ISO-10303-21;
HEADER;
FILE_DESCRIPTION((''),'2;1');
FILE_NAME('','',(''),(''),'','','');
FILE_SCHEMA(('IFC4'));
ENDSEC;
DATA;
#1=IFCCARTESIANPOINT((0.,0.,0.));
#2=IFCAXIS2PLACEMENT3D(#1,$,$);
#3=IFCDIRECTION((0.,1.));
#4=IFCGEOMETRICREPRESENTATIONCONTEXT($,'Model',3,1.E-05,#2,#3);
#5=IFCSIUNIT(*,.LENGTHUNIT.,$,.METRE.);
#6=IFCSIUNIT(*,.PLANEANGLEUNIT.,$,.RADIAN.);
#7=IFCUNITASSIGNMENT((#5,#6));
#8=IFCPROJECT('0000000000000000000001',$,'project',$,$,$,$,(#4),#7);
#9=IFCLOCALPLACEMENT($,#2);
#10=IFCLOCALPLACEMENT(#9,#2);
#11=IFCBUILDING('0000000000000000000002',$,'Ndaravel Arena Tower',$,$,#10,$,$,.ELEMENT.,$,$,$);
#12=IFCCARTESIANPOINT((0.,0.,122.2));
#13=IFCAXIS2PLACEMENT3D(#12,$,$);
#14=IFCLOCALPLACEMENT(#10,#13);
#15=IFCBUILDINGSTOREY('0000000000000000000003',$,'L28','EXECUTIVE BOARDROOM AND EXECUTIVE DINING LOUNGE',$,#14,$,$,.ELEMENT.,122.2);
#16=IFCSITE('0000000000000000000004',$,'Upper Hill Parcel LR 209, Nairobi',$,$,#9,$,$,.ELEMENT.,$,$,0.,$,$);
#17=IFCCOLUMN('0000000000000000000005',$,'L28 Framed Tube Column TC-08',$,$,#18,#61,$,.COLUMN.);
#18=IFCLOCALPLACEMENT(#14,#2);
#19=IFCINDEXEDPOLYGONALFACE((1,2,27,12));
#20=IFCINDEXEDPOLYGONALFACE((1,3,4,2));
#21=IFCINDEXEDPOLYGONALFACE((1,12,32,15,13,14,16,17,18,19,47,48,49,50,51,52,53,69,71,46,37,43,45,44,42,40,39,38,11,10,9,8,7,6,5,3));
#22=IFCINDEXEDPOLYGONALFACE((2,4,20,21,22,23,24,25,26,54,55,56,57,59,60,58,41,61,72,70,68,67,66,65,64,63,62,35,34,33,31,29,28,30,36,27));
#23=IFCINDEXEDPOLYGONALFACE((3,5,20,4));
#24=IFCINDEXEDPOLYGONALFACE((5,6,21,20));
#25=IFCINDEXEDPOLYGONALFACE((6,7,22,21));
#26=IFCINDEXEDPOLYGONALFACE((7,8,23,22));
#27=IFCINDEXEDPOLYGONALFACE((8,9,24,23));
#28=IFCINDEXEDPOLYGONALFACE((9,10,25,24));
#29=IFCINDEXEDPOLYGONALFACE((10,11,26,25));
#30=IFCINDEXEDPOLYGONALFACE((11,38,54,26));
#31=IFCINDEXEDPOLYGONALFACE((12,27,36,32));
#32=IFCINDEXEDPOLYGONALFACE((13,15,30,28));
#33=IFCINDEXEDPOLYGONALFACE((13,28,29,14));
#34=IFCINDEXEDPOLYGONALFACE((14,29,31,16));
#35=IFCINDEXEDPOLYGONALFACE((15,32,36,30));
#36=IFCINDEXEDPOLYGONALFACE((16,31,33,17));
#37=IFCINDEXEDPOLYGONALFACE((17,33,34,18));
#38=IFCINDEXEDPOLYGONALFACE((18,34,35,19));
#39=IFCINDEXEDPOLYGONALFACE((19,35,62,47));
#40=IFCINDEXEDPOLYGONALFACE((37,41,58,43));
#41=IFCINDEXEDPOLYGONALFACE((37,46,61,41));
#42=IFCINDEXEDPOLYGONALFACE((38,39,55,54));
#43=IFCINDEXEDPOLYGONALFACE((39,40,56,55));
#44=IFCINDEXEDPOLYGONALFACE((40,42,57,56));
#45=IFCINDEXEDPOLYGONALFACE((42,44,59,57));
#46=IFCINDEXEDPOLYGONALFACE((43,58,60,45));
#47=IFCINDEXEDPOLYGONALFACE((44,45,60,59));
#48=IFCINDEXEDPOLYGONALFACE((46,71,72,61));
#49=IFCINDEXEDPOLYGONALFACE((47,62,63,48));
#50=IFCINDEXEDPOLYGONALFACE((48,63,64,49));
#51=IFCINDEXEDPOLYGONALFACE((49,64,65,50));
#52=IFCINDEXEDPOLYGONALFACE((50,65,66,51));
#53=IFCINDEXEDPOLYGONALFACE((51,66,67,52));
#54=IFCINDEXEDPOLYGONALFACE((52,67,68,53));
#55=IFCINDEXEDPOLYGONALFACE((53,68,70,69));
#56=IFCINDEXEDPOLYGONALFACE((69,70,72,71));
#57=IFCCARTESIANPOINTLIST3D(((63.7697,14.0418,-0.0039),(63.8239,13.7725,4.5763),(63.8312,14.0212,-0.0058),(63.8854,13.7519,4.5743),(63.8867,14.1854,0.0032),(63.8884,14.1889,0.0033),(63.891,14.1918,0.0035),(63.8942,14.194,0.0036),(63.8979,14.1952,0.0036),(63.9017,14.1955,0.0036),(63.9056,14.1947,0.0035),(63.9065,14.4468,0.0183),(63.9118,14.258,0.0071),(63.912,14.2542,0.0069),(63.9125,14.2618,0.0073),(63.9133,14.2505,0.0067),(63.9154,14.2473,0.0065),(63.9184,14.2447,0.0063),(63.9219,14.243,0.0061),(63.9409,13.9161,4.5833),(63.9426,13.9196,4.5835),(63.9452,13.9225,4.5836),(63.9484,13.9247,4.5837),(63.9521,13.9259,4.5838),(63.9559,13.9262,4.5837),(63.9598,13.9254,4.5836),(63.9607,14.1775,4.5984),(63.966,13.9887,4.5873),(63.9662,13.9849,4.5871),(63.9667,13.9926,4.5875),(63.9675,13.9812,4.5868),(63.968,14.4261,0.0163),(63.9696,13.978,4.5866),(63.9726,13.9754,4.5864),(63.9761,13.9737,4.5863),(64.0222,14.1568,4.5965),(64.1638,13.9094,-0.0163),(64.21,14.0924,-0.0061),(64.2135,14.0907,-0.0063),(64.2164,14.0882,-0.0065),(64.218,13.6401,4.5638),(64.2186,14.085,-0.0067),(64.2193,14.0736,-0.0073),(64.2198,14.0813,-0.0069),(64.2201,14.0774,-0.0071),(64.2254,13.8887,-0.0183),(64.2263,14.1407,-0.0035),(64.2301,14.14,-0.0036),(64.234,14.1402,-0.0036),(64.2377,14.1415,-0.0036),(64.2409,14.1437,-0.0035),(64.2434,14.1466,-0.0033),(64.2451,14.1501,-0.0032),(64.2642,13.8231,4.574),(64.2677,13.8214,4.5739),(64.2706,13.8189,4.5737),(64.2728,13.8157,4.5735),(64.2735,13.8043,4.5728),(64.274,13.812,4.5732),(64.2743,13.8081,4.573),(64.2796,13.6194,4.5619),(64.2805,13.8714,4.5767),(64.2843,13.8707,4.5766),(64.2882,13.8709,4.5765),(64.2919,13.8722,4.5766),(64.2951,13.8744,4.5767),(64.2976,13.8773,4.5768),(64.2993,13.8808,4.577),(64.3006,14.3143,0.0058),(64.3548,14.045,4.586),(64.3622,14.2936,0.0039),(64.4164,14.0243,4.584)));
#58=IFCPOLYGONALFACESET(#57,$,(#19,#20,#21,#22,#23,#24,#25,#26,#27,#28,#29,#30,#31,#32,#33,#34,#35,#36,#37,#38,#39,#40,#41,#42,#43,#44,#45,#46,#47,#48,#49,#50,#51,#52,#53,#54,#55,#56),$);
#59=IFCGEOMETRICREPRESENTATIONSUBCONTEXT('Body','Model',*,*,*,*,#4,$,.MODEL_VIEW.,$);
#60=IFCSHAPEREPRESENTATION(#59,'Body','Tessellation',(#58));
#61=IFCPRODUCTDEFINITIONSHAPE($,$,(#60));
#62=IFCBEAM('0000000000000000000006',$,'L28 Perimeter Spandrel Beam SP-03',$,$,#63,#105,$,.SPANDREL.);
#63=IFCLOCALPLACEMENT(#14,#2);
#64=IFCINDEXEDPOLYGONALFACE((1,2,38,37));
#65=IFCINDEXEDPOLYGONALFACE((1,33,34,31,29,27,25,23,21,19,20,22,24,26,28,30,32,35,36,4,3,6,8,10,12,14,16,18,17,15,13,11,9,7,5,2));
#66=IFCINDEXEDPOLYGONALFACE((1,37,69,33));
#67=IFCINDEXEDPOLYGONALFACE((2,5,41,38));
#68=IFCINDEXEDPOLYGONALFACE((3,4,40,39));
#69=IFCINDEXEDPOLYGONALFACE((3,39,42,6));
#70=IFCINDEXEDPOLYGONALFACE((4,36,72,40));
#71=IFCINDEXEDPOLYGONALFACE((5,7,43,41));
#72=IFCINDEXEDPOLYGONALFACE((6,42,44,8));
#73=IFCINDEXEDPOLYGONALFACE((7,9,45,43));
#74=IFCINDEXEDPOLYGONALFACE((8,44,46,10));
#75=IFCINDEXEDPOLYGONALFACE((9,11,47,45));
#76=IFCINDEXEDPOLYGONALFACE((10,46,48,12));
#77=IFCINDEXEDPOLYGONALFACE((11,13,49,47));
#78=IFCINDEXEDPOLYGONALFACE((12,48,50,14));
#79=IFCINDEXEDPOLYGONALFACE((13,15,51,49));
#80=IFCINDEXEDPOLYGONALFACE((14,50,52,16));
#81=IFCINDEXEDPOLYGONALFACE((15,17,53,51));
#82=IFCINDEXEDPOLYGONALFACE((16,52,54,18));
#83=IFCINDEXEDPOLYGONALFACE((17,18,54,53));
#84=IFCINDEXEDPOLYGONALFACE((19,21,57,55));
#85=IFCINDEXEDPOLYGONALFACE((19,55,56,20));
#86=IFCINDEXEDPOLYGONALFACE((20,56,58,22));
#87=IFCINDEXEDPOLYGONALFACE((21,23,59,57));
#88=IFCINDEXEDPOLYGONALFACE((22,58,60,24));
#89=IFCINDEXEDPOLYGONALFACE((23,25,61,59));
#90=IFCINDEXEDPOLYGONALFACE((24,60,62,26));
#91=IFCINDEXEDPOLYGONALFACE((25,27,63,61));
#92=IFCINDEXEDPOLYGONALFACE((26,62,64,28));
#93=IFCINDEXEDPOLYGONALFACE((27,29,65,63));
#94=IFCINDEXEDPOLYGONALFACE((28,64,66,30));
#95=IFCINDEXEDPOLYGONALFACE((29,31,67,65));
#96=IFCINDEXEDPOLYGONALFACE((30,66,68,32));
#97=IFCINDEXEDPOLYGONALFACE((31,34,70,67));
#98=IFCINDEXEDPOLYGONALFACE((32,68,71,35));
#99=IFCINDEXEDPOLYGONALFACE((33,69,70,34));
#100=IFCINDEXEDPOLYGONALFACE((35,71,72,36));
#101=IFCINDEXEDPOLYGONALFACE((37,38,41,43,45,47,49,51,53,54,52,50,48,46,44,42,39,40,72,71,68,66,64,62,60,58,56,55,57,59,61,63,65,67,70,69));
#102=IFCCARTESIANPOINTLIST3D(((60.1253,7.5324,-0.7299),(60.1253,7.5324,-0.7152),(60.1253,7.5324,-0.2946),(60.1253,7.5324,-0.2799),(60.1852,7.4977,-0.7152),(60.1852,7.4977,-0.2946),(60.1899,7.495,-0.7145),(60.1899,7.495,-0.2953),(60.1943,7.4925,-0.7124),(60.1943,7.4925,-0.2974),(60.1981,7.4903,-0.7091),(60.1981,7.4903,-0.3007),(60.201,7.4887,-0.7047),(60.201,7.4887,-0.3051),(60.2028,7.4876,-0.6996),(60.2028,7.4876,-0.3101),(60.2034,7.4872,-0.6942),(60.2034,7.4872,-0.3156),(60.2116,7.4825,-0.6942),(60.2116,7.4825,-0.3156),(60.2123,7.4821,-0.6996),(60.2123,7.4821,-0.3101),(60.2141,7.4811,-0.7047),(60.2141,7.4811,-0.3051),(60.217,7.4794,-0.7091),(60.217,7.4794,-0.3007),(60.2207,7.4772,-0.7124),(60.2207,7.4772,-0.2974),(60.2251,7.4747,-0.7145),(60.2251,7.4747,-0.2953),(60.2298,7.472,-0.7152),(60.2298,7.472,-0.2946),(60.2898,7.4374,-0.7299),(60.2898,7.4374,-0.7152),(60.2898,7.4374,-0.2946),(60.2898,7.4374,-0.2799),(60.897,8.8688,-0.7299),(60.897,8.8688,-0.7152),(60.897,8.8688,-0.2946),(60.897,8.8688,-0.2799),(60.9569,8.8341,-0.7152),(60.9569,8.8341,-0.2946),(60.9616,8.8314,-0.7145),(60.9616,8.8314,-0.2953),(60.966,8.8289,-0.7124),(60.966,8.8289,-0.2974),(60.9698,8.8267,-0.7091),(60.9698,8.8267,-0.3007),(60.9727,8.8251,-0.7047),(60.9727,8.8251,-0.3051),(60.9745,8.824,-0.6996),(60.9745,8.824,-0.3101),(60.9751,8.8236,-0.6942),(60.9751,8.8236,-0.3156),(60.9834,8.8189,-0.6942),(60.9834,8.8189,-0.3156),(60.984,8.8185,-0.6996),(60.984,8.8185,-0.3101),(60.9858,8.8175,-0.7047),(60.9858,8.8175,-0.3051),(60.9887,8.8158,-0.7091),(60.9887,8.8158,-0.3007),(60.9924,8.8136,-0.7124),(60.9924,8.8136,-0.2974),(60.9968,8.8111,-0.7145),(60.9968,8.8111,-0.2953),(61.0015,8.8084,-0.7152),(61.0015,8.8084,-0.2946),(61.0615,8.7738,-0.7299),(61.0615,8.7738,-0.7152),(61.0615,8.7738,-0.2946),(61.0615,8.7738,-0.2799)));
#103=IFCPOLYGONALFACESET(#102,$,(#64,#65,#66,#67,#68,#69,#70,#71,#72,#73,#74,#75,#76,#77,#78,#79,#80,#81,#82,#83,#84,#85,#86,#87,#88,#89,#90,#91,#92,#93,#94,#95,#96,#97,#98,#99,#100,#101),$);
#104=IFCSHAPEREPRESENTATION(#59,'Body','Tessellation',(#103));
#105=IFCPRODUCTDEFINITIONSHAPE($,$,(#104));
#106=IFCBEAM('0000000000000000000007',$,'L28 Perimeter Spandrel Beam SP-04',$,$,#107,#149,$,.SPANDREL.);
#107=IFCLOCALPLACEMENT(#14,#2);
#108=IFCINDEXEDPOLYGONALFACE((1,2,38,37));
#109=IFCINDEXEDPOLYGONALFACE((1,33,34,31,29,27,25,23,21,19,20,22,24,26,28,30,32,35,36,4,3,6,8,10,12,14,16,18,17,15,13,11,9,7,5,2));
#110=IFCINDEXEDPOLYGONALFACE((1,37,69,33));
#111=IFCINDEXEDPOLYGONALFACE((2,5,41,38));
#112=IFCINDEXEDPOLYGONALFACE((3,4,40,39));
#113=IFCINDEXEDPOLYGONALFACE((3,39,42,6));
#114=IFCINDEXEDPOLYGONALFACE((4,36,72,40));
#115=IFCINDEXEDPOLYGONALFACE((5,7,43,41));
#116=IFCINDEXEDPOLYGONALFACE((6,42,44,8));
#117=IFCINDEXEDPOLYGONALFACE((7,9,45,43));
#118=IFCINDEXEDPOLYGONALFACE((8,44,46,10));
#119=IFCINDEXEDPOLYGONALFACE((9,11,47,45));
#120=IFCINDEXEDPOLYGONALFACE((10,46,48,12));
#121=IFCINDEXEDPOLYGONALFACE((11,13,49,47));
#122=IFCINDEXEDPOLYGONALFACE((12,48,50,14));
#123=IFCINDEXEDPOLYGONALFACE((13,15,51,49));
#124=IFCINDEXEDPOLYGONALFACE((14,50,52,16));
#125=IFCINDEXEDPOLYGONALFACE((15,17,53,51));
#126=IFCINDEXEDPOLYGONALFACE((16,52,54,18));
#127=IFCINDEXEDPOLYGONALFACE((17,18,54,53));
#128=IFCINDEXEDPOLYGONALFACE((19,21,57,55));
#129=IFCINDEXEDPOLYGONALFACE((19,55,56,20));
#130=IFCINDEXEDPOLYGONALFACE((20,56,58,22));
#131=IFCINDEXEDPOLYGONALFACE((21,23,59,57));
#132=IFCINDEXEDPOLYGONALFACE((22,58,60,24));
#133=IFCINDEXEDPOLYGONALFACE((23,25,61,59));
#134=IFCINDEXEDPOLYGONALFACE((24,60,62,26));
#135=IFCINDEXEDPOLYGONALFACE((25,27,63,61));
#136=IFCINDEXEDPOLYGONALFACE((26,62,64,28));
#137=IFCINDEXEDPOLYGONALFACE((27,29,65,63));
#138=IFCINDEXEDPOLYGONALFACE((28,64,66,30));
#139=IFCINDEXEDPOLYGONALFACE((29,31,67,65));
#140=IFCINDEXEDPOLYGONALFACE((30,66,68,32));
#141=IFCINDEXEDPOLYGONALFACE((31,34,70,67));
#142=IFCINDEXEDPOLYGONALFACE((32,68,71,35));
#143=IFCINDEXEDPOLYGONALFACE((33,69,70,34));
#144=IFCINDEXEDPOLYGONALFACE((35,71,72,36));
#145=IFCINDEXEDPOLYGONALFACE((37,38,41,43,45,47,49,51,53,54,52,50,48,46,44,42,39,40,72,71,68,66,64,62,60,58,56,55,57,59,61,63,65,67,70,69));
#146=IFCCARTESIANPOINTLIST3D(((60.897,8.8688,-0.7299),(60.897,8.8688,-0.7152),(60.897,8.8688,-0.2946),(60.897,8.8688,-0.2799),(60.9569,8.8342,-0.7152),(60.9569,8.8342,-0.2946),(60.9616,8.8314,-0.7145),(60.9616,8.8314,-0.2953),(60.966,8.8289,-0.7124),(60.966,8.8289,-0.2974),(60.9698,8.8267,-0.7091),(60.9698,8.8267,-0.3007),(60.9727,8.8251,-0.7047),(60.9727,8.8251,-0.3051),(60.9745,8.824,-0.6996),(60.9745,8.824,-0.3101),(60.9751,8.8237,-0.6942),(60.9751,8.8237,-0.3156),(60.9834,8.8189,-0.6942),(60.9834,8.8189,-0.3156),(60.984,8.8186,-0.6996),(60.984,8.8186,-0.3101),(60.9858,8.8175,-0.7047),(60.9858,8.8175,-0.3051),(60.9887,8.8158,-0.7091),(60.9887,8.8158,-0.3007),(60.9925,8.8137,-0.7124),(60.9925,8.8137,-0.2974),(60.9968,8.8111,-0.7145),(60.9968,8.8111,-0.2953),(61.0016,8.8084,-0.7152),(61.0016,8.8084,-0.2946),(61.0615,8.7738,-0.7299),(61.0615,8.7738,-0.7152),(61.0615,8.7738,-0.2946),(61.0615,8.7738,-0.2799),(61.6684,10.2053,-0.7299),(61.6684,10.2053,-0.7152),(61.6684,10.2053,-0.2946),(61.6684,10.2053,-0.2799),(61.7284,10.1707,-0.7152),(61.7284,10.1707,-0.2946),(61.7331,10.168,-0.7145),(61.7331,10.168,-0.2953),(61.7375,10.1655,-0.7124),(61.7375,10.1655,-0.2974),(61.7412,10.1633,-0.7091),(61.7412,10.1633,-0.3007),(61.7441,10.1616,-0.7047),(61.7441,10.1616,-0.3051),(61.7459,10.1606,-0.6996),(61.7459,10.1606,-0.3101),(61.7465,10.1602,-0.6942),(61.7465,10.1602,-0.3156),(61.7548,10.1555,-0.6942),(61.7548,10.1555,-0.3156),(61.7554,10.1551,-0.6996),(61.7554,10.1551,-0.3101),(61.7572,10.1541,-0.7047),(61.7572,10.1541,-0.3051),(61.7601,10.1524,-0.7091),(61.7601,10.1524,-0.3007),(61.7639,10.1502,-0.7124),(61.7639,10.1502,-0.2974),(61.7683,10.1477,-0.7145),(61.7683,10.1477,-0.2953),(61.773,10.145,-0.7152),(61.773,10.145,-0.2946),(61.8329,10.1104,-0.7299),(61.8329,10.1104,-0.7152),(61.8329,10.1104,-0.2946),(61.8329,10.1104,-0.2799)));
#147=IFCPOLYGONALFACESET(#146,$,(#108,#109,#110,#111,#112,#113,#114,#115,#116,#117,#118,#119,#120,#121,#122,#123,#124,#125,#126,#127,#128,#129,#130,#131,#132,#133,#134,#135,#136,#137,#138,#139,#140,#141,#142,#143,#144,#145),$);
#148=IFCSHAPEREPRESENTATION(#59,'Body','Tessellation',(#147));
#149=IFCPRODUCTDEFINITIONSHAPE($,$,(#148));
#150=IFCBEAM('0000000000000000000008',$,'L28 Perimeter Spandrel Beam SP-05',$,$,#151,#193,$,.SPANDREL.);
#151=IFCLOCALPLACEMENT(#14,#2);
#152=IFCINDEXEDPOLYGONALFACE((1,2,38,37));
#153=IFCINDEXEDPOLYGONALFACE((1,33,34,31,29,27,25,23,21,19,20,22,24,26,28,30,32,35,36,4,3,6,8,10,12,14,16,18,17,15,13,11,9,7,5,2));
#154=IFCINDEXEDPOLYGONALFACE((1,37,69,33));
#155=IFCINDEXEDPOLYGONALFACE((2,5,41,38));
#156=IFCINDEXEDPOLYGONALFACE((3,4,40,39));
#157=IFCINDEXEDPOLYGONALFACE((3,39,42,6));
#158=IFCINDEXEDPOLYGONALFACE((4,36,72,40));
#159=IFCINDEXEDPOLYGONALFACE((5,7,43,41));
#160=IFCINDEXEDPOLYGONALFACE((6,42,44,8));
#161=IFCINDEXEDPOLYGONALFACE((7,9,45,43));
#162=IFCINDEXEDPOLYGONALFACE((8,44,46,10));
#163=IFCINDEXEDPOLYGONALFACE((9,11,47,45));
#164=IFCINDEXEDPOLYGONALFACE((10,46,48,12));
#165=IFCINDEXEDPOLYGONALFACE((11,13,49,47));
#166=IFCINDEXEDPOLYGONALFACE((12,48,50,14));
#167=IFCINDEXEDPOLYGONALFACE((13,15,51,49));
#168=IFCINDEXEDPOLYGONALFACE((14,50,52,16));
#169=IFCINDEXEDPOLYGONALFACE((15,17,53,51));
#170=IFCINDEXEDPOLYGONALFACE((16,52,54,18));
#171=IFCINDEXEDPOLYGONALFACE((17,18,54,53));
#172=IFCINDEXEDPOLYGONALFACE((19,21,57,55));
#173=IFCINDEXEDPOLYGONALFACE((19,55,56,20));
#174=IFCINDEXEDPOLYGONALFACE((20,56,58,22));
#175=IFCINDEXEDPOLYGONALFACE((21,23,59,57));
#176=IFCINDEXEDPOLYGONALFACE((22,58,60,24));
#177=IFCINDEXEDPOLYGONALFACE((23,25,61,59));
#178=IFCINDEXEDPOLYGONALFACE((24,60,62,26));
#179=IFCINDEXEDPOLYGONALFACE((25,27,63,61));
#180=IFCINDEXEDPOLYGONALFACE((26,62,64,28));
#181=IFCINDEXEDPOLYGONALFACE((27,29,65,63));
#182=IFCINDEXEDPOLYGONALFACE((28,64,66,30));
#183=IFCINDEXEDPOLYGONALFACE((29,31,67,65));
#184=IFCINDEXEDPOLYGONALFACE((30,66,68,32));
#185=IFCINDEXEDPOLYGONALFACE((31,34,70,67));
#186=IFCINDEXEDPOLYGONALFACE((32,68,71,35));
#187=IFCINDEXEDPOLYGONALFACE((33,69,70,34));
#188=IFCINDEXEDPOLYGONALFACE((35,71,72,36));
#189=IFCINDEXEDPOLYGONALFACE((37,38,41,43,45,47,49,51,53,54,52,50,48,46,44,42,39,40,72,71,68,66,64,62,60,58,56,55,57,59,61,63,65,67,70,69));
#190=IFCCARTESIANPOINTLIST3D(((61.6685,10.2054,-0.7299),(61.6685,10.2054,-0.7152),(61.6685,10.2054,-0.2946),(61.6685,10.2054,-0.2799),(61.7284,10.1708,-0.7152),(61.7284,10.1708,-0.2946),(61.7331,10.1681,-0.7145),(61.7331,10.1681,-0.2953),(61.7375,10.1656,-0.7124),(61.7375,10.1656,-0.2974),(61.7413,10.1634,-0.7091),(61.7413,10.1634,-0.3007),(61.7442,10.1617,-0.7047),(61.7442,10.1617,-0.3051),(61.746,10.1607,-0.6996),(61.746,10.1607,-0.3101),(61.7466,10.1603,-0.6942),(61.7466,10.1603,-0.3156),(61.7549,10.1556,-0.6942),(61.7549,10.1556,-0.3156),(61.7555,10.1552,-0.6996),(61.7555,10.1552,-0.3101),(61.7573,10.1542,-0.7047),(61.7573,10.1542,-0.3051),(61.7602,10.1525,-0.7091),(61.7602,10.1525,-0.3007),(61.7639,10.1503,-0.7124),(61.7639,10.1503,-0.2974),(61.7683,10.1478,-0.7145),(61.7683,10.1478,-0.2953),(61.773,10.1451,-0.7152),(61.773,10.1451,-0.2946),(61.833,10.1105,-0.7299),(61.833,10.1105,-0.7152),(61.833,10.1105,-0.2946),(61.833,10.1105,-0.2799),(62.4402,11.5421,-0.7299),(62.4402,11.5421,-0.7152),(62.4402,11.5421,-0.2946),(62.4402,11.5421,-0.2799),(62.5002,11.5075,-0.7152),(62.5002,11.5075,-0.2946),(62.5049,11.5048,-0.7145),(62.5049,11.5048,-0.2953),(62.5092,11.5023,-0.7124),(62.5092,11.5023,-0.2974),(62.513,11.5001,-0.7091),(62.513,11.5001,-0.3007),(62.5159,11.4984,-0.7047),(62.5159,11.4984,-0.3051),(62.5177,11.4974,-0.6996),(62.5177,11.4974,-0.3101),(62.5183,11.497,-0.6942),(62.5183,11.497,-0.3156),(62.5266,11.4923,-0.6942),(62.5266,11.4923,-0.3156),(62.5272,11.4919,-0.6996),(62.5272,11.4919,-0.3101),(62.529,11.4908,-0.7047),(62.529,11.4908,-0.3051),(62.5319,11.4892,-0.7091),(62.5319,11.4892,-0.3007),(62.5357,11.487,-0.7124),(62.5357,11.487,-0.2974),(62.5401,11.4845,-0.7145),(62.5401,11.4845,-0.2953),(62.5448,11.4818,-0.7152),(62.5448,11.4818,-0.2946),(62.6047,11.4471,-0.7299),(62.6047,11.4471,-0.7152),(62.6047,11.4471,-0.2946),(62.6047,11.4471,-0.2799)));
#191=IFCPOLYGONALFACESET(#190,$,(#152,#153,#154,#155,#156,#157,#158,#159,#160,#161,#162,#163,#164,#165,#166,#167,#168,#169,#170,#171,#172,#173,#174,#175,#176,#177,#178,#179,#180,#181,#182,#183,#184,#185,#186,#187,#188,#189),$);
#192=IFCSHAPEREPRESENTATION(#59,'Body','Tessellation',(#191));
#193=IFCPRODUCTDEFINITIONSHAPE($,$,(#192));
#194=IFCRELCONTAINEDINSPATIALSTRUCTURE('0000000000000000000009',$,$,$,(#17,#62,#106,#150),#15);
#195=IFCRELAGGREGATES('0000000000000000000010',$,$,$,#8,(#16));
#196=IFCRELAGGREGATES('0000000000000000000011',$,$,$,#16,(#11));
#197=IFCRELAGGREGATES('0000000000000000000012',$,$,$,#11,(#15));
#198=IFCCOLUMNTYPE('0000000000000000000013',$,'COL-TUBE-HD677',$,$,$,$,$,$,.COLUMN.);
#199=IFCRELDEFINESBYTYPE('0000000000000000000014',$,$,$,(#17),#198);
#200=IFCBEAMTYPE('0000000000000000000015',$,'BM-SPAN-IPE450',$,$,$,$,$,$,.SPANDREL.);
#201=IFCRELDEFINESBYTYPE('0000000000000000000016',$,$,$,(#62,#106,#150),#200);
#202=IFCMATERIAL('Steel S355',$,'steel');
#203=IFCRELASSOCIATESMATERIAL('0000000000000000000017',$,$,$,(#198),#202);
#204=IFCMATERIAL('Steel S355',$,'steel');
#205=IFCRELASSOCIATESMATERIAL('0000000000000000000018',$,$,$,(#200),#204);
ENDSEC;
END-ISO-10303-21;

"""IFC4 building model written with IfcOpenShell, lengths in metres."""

from ifc_helpers import new_model, si_unit, direction, frame, origin, origin_2d, place, context, subcontext, project, spatial, i_section, extrude, material, material_profile, profile_set, type_object, element, save


model = new_model("IFC4")

# Units and contexts
model_context = context("Model", 3, precision=1e-05, world=origin(), true_north=direction((0.0, 1.0)))
body_context = subcontext(model_context, "Body", "Model", "MODEL_VIEW")
ifc_project = project(units=[si_unit("LENGTHUNIT", "METRE"), si_unit("PLANEANGLEUNIT", "RADIAN")], contexts=[model_context])

# Site, building, storey
site_placement = place(None, origin())
site = spatial("IfcSite", under=ifc_project, at=site_placement, Name="Upper Hill Parcel LR 209, Nairobi", CompositionType="ELEMENT", RefElevation=0.0)
building_placement = place(site_placement, origin())
building = spatial("IfcBuilding", under=site, at=building_placement, Name="Ndaravel Arena Tower", CompositionType="ELEMENT")
storey_placement = place(building_placement, frame((0.0, 0.0, 122.2)))
storey = spatial("IfcBuildingStorey", under=building, at=storey_placement, Name="L28", Description="EXECUTIVE BOARDROOM AND EXECUTIVE DINING LOUNGE", CompositionType="ELEMENT", Elevation=122.2)

# Column
ifc_material_1 = material(Name="Steel S355", Category="steel")
ifc_material_profile_1 = material_profile(ifc_material_1, i_section(OverallWidth=0.428, OverallDepth=0.481, WebThickness=0.051, FlangeThickness=0.0649, FilletRadius=0.0149, at=origin_2d()), Name="HD 400x677")
ifc_profile_set_1 = profile_set([ifc_material_profile_1], Name="Steel S355")
column_type = type_object("IfcColumnType", Name="COL-TUBE-HD677", PredefinedType="COLUMN", material=ifc_profile_set_1)
column_1_placement = place(storey_placement, frame((64.0659, 14.1677, 0.0), z_axis=(0.011812, -0.05869, 0.998206), x_axis=(0.319599, 0.946133, 0.051846)))
element("IfcColumn", 1, at=column_1_placement, inside=storey, type_object=column_type, Name="L28 Framed Tube Column TC-08", PredefinedType="COLUMN", context=body_context, shape_type="SweptSolid", body=[
    extrude(i_section(OverallWidth=0.428, OverallDepth=0.481, WebThickness=0.051, FlangeThickness=0.0649, FilletRadius=0.0149, at=origin_2d()), origin(), (0.0, 0.0, 1.0), 4.5884),
])

# Beams
ifc_material_2 = material(Name="Steel S355", Category="steel")
ifc_material_profile_2 = material_profile(ifc_material_2, i_section(OverallWidth=0.1899, OverallDepth=0.45, WebThickness=0.0095, FlangeThickness=0.0146, FilletRadius=0.021, at=origin_2d()), Name="IPE 450")
ifc_profile_set_2 = profile_set([ifc_material_profile_2], Name="Steel S355")
beam_type_1 = type_object("IfcBeamType", Name="BM-SPAN-IPE450", PredefinedType="SPANDREL", material=ifc_profile_set_2)
for number, where, z_axis, x_axis, name in (
    (2, (60.2075, 7.4849, -0.5049), (0.500069, 0.865985, 0.0), (-0.865985, 0.500069, 0.0), "L28 Perimeter Spandrel Beam SP-03"),
    (3, (60.9792, 8.8213, -0.5049), (0.499882, 0.866093, 0.0), (-0.866093, 0.499882, 0.0), "L28 Perimeter Spandrel Beam SP-04"),
):
    element("IfcBeam", number, at=place(storey_placement, frame(where, z_axis=z_axis, x_axis=x_axis)), inside=storey, type_object=beam_type_1, Name=name, PredefinedType="SPANDREL", context=body_context, shape_type="SweptSolid", body=[
        extrude(i_section(OverallWidth=0.1899, OverallDepth=0.45, WebThickness=0.0095, FlangeThickness=0.0146, FilletRadius=0.021, at=origin_2d()), origin(), (0.0, 0.0, 1.0), 1.5432),
    ])
for number, where, z_axis, x_axis, name in (
    (4, (61.7507, 10.158, -0.5049), (0.500001, 0.866025, 0.0), (-0.866025, 0.500001, 0.0), "L28 Perimeter Spandrel Beam SP-05"),
):
    element("IfcBeam", number, at=place(storey_placement, frame(where, z_axis=z_axis, x_axis=x_axis)), inside=storey, type_object=beam_type_1, Name=name, PredefinedType="SPANDREL", context=body_context, shape_type="SweptSolid", body=[
        extrude(i_section(OverallWidth=0.1899, OverallDepth=0.45, WebThickness=0.0095, FlangeThickness=0.0146, FilletRadius=0.021, at=origin_2d()), origin(), (0.0, 0.0, 1.0), 1.5435),
    ])

save(model, "model.ifc")
